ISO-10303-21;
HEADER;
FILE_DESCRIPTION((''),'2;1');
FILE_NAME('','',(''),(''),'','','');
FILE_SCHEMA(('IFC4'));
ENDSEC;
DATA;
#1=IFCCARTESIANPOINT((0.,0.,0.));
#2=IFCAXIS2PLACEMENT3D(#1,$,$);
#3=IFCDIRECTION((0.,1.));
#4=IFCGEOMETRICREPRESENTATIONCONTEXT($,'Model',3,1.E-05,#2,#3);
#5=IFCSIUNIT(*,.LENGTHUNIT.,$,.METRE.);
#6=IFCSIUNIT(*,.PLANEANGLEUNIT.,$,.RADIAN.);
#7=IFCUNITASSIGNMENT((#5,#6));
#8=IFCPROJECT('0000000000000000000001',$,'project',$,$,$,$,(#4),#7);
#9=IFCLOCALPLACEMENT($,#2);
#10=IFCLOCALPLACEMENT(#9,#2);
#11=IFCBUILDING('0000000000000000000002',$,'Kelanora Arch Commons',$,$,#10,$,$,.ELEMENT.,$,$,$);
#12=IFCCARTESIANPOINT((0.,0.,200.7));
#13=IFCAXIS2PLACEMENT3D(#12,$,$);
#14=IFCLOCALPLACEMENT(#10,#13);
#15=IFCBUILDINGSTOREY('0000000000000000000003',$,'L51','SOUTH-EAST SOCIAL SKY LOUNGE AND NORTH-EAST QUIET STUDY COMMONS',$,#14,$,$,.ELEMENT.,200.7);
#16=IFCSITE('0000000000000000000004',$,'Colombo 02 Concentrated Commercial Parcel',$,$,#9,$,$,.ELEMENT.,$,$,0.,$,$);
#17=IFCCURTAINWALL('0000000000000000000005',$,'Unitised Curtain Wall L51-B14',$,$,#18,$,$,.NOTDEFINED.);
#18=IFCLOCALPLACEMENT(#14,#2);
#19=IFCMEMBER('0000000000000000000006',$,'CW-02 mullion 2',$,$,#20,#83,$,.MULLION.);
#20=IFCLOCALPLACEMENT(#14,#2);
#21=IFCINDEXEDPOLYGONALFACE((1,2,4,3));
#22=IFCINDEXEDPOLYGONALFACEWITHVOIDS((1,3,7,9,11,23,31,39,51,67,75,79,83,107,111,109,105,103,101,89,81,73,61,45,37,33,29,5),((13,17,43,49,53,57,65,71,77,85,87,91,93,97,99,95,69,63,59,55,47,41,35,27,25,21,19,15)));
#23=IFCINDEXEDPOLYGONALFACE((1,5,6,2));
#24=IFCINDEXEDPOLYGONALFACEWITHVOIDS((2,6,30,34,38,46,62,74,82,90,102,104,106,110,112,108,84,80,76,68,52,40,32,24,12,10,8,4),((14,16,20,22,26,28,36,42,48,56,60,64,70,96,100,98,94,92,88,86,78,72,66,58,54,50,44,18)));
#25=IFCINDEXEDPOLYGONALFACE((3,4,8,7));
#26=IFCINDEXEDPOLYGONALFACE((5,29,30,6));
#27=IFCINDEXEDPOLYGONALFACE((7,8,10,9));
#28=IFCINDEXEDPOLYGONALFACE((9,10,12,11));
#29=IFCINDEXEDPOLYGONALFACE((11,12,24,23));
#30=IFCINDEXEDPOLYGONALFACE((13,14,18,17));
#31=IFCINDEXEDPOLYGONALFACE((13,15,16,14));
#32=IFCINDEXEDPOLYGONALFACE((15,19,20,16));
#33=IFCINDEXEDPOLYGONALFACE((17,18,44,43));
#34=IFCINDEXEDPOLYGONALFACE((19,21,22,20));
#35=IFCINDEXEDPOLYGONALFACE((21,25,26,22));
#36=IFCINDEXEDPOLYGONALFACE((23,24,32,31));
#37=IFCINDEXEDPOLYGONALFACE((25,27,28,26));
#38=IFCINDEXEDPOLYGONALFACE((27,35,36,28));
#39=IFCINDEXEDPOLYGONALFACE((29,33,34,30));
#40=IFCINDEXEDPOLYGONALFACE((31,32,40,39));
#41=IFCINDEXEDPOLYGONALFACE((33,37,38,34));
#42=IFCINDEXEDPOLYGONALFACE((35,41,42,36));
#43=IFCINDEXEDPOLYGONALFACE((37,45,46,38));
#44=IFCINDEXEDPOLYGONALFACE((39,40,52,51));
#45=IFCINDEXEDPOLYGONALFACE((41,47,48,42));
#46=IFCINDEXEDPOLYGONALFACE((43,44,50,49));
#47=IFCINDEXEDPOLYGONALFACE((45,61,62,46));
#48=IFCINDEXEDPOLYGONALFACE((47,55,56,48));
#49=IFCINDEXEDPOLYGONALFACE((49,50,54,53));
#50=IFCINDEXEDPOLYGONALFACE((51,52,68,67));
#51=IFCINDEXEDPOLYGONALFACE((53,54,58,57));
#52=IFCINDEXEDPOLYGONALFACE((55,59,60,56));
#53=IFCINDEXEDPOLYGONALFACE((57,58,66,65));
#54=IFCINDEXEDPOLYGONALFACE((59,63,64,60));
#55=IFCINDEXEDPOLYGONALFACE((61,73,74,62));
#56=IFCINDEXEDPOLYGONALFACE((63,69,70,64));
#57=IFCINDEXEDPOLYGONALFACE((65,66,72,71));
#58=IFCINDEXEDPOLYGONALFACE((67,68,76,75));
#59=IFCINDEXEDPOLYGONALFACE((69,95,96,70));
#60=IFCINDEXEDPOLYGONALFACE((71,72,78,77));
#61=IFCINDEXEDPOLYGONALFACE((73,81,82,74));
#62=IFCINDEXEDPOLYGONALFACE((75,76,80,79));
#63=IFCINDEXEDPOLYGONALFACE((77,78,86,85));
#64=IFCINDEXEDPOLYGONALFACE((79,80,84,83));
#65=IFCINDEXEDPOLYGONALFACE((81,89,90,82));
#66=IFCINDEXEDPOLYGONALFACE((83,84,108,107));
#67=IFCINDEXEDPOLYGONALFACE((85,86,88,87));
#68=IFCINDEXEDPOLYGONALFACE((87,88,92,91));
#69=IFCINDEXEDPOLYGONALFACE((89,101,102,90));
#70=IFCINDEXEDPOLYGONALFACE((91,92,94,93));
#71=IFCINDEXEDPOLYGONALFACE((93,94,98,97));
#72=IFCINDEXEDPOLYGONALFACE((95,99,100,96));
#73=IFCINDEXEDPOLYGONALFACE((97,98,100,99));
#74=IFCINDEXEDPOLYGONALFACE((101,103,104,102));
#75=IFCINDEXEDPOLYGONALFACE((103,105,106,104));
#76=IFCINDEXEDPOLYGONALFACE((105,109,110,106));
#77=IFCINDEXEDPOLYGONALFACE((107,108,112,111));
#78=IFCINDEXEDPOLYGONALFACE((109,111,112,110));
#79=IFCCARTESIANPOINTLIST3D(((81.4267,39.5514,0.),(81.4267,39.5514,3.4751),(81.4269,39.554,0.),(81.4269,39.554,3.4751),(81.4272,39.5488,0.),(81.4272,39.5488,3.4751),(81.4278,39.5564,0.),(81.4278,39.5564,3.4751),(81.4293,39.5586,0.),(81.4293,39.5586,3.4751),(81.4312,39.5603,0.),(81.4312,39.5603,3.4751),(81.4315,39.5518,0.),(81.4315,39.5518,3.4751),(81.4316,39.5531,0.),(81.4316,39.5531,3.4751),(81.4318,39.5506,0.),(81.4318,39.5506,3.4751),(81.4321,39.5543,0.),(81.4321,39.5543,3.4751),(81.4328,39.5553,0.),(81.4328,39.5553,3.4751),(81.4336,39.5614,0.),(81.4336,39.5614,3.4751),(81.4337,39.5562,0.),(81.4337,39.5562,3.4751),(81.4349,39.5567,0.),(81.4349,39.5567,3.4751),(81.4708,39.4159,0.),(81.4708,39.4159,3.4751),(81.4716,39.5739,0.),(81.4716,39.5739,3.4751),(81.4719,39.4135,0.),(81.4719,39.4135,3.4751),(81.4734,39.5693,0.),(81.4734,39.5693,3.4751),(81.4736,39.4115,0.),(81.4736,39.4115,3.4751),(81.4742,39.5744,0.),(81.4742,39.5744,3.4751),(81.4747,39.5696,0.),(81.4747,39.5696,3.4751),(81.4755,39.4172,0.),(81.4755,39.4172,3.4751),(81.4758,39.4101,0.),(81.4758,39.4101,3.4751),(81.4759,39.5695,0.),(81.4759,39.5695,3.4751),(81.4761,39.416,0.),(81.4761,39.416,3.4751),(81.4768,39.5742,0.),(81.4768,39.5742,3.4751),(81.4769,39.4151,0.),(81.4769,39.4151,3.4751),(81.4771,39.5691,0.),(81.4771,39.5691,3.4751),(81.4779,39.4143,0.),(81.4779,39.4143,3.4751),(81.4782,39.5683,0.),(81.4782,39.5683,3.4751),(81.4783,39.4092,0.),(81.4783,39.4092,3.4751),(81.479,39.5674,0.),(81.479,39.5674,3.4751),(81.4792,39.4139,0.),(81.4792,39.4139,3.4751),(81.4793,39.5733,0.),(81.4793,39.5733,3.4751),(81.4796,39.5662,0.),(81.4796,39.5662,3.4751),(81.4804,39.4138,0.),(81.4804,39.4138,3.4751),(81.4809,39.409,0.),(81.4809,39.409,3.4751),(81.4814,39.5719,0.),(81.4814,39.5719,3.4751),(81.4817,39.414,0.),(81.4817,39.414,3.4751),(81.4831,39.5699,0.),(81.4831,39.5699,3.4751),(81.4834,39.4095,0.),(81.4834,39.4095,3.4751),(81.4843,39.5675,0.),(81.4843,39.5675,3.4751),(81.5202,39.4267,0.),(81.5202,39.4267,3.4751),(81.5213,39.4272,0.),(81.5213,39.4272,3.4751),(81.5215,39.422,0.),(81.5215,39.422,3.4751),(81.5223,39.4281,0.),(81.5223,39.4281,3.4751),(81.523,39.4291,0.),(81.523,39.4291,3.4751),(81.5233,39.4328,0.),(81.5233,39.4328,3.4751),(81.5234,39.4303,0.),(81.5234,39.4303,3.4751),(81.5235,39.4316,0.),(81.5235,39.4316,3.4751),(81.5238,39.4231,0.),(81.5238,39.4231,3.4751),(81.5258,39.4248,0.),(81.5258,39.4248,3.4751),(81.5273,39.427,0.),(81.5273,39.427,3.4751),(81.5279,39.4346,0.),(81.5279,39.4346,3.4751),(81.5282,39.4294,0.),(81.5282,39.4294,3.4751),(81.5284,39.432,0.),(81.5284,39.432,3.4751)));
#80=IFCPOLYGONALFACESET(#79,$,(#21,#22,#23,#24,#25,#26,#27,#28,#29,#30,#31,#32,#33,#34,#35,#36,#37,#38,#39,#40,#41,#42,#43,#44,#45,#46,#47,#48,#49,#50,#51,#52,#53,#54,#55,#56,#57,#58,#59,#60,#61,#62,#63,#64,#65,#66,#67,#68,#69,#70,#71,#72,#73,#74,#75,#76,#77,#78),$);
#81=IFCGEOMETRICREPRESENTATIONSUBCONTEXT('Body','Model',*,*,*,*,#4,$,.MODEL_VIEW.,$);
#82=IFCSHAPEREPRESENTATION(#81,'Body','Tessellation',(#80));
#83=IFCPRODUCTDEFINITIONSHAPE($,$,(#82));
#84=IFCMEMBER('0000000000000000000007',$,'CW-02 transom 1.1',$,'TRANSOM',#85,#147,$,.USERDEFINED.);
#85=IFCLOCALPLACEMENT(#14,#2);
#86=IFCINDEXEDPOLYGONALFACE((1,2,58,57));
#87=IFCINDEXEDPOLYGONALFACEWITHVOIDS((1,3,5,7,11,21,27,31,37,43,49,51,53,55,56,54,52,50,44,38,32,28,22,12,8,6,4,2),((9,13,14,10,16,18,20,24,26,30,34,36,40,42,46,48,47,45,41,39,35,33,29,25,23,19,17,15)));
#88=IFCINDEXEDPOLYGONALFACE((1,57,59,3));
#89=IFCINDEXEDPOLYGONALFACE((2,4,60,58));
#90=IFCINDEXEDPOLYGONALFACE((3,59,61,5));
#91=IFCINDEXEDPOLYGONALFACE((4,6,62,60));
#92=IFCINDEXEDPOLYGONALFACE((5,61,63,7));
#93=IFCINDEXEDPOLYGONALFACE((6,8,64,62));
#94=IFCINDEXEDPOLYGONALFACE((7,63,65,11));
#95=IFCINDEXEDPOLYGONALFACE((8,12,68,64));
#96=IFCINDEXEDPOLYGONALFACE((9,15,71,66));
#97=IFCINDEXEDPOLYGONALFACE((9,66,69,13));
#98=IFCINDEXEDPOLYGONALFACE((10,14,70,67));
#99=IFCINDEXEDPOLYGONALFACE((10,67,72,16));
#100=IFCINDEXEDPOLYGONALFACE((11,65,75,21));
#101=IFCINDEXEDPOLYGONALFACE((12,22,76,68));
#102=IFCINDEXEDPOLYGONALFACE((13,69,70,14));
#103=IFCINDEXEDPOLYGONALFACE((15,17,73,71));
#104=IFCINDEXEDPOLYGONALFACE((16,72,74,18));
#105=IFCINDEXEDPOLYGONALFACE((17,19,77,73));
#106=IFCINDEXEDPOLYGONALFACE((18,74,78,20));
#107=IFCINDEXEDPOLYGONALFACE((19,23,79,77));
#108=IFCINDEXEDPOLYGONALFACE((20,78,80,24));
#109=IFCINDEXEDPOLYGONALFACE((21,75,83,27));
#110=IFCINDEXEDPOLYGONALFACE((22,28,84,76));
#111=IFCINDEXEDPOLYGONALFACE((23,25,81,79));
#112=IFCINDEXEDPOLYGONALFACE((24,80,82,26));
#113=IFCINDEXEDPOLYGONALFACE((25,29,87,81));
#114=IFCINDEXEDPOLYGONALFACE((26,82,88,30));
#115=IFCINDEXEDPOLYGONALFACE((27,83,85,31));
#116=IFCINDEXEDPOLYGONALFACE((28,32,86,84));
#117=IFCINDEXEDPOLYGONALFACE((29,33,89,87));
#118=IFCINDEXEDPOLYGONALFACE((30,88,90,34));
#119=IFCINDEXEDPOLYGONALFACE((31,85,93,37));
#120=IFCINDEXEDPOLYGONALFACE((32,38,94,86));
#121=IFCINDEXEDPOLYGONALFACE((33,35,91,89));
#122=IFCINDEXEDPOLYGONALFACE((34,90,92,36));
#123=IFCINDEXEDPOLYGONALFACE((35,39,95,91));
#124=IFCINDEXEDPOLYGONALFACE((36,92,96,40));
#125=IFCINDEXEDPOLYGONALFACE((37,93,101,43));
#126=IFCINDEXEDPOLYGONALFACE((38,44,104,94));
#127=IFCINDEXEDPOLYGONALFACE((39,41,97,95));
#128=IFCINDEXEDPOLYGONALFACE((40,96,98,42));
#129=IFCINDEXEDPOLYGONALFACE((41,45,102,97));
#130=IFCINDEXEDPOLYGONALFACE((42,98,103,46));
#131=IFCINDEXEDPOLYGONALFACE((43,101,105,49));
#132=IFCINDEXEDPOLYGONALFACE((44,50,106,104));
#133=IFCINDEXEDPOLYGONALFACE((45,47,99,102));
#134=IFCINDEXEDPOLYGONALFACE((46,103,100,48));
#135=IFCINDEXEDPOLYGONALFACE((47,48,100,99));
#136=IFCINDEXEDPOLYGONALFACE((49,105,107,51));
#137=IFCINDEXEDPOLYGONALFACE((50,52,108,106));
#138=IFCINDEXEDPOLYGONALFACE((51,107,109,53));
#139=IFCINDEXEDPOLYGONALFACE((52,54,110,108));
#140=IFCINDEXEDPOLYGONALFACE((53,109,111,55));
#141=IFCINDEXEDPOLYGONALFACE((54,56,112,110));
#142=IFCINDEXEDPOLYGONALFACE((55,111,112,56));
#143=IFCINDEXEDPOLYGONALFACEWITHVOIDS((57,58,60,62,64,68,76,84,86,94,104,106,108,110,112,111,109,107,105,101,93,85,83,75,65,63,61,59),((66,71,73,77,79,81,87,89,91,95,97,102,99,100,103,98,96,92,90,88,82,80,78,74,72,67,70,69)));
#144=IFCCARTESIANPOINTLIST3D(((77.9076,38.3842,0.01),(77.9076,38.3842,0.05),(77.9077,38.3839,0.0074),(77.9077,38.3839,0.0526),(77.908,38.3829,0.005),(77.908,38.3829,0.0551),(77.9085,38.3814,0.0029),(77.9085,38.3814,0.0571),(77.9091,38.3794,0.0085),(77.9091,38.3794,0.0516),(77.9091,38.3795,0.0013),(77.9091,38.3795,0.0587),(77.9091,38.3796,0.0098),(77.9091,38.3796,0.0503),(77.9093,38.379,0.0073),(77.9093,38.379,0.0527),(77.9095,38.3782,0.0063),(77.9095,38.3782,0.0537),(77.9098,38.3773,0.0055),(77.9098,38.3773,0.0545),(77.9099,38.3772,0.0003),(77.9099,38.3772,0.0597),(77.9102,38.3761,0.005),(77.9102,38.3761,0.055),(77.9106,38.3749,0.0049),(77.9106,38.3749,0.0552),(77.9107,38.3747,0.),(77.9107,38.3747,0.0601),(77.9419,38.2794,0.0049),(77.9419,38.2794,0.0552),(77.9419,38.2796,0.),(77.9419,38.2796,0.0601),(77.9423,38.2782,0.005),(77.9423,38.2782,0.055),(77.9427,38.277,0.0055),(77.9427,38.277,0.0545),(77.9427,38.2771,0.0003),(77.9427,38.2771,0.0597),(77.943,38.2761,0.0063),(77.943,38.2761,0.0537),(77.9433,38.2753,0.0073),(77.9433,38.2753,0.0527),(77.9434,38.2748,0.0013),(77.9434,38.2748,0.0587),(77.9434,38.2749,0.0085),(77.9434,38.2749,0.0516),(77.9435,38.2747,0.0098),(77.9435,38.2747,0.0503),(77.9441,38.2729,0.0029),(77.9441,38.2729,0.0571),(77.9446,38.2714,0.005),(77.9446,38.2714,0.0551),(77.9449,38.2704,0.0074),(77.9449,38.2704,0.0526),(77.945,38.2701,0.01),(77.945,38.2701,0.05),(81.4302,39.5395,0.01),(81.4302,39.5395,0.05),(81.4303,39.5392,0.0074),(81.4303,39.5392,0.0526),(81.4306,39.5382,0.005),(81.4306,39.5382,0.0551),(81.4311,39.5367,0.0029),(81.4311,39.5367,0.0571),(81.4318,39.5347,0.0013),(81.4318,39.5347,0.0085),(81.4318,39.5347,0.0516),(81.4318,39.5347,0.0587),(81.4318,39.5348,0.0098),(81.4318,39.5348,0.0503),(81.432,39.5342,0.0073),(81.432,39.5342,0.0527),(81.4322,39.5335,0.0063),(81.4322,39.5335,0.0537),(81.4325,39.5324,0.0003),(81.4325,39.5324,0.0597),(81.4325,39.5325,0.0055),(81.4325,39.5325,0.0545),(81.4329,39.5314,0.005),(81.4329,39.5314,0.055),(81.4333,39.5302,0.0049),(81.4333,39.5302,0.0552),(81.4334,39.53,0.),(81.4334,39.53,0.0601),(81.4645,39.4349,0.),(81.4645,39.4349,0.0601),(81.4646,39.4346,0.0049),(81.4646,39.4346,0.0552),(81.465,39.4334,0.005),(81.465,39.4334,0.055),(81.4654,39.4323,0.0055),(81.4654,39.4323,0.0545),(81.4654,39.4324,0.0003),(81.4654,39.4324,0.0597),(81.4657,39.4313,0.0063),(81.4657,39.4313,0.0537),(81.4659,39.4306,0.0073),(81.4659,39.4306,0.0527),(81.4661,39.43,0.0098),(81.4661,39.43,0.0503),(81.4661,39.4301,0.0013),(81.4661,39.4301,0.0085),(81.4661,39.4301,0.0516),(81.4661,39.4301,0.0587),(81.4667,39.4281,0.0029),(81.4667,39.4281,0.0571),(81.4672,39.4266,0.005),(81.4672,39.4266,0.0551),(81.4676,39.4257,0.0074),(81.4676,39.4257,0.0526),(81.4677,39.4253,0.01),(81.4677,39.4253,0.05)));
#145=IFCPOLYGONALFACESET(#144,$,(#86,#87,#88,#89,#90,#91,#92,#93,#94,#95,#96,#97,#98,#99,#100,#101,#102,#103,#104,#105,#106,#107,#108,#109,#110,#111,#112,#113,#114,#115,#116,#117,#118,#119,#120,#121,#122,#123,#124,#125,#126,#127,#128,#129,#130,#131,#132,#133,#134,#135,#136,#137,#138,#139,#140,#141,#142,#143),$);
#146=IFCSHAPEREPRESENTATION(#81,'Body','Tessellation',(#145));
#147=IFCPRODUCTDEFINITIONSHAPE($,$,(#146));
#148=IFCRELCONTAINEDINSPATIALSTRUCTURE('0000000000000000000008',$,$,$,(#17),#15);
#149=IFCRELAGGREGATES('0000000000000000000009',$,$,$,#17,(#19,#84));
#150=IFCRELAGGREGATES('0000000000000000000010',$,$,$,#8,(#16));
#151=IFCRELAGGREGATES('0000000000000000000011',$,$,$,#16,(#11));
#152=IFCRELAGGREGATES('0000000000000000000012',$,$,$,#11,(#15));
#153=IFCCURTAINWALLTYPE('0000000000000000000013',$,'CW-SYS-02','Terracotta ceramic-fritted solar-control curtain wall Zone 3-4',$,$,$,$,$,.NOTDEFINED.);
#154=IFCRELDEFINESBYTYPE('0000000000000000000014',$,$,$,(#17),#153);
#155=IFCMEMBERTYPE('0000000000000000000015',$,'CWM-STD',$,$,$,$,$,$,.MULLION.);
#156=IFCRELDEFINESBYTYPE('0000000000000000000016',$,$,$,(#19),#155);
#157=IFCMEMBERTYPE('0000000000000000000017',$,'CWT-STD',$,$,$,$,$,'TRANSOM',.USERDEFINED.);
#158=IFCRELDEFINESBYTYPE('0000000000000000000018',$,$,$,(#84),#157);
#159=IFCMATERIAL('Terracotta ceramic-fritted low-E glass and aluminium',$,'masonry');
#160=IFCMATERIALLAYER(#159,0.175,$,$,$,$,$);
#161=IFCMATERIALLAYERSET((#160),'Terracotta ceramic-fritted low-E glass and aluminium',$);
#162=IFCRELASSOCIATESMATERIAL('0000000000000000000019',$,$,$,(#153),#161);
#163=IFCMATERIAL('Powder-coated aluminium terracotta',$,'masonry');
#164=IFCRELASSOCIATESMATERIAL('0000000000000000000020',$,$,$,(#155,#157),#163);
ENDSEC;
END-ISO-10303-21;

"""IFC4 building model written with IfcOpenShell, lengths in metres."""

from ifc_helpers import new_model, si_unit, direction, frame, origin, origin_2d, place, context, subcontext, project, spatial, hollow_rectangle, extrude, material, layer, layer_set, material_profile, profile_set, type_object, element, aggregate, save


model = new_model("IFC4")

# Units and contexts
model_context = context("Model", 3, precision=1e-05, world=origin(), true_north=direction((0.0, 1.0)))
body_context = subcontext(model_context, "Body", "Model", "MODEL_VIEW")
ifc_project = project(units=[si_unit("LENGTHUNIT", "METRE"), si_unit("PLANEANGLEUNIT", "RADIAN")], contexts=[model_context])

# Site, building, storey
site_placement = place(None, origin())
site = spatial("IfcSite", under=ifc_project, at=site_placement, Name="Colombo 02 Concentrated Commercial Parcel", CompositionType="ELEMENT", RefElevation=0.0)
building_placement = place(site_placement, origin())
building = spatial("IfcBuilding", under=site, at=building_placement, Name="Kelanora Arch Commons", CompositionType="ELEMENT")
storey_placement = place(building_placement, frame((0.0, 0.0, 200.7)))
storey = spatial("IfcBuildingStorey", under=building, at=storey_placement, Name="L51", Description="SOUTH-EAST SOCIAL SKY LOUNGE AND NORTH-EAST QUIET STUDY COMMONS", CompositionType="ELEMENT", Elevation=200.7)

# Curtain wall, members
ifc_material_1 = material(Name="Terracotta ceramic-fritted low-E glass and aluminium", Category="masonry")
ifc_layer_1 = layer(ifc_material_1, 0.175)
ifc_layer_set_1 = layer_set([ifc_layer_1], Name="Terracotta ceramic-fritted low-E glass and aluminium")
curtain_wall_type = type_object("IfcCurtainWallType", Name="CW-SYS-02", Description="Terracotta ceramic-fritted solar-control curtain wall Zone 3-4", PredefinedType="NOTDEFINED", material=ifc_layer_set_1)
curtain_wall_placement = place(storey_placement, origin())
curtain_wall = element("IfcCurtainWall", 1, at=curtain_wall_placement, inside=storey, type_object=curtain_wall_type, Name="Unitised Curtain Wall L51-B14", PredefinedType="NOTDEFINED")
ifc_material_2 = material(Name="Powder-coated aluminium terracotta", Category="masonry")
ifc_material_profile_1 = material_profile(ifc_material_2, hollow_rectangle(XDim=0.1599, YDim=0.0601, WallThickness=0.0049, InnerFilletRadius=0.0049, OuterFilletRadius=0.01, at=origin_2d()), Name="CWM160x60")
ifc_profile_set_1 = profile_set([ifc_material_profile_1], Name="Powder-coated aluminium terracotta")
member_type_1 = type_object("IfcMemberType", Name="CWM-STD", PredefinedType="MULLION", material=ifc_profile_set_1)
member_1_placement = place(storey_placement, frame((81.4775, 39.4917, 0.0), z_axis=(0.0, 0.0, 1.0), x_axis=(-0.311582, 0.950219, 0.0)))
member_1 = element("IfcMember", 2, at=member_1_placement, type_object=member_type_1, Name="CW-02 mullion 2", PredefinedType="MULLION", context=body_context, shape_type="SweptSolid", body=[
    extrude(hollow_rectangle(XDim=0.1599, YDim=0.0601, WallThickness=0.0049, InnerFilletRadius=0.0049, OuterFilletRadius=0.01, at=origin_2d()), origin(), (0.0, 0.0, 1.0), 3.4751),
])
ifc_material_profile_2 = material_profile(ifc_material_2, hollow_rectangle(XDim=0.1201, YDim=0.0601, WallThickness=0.0049, InnerFilletRadius=0.0049, OuterFilletRadius=0.01, at=origin_2d()), Name="CWT120x60")
ifc_profile_set_2 = profile_set([ifc_material_profile_2], Name="Powder-coated aluminium terracotta")
member_type_2 = type_object("IfcMemberType", Name="CWT-STD", ElementType="TRANSOM", PredefinedType="USERDEFINED", material=ifc_profile_set_2)
member_2_placement = place(storey_placement, frame((77.9263, 38.3271, 0.03), z_axis=(0.950207, 0.311621, 0.0), x_axis=(-0.311621, 0.950207, 0.0)))
member_2 = element("IfcMember", 3, at=member_2_placement, type_object=member_type_2, Name="CW-02 transom 1.1", ObjectType="TRANSOM", PredefinedType="USERDEFINED", context=body_context, shape_type="SweptSolid", body=[
    extrude(hollow_rectangle(XDim=0.1201, YDim=0.0601, WallThickness=0.0049, InnerFilletRadius=0.0049, OuterFilletRadius=0.01, at=origin_2d()), origin(), (0.0, 0.0, 1.0), 3.7073),
])
aggregate(curtain_wall, [member_1, member_2])

save(model, "model.ifc")
